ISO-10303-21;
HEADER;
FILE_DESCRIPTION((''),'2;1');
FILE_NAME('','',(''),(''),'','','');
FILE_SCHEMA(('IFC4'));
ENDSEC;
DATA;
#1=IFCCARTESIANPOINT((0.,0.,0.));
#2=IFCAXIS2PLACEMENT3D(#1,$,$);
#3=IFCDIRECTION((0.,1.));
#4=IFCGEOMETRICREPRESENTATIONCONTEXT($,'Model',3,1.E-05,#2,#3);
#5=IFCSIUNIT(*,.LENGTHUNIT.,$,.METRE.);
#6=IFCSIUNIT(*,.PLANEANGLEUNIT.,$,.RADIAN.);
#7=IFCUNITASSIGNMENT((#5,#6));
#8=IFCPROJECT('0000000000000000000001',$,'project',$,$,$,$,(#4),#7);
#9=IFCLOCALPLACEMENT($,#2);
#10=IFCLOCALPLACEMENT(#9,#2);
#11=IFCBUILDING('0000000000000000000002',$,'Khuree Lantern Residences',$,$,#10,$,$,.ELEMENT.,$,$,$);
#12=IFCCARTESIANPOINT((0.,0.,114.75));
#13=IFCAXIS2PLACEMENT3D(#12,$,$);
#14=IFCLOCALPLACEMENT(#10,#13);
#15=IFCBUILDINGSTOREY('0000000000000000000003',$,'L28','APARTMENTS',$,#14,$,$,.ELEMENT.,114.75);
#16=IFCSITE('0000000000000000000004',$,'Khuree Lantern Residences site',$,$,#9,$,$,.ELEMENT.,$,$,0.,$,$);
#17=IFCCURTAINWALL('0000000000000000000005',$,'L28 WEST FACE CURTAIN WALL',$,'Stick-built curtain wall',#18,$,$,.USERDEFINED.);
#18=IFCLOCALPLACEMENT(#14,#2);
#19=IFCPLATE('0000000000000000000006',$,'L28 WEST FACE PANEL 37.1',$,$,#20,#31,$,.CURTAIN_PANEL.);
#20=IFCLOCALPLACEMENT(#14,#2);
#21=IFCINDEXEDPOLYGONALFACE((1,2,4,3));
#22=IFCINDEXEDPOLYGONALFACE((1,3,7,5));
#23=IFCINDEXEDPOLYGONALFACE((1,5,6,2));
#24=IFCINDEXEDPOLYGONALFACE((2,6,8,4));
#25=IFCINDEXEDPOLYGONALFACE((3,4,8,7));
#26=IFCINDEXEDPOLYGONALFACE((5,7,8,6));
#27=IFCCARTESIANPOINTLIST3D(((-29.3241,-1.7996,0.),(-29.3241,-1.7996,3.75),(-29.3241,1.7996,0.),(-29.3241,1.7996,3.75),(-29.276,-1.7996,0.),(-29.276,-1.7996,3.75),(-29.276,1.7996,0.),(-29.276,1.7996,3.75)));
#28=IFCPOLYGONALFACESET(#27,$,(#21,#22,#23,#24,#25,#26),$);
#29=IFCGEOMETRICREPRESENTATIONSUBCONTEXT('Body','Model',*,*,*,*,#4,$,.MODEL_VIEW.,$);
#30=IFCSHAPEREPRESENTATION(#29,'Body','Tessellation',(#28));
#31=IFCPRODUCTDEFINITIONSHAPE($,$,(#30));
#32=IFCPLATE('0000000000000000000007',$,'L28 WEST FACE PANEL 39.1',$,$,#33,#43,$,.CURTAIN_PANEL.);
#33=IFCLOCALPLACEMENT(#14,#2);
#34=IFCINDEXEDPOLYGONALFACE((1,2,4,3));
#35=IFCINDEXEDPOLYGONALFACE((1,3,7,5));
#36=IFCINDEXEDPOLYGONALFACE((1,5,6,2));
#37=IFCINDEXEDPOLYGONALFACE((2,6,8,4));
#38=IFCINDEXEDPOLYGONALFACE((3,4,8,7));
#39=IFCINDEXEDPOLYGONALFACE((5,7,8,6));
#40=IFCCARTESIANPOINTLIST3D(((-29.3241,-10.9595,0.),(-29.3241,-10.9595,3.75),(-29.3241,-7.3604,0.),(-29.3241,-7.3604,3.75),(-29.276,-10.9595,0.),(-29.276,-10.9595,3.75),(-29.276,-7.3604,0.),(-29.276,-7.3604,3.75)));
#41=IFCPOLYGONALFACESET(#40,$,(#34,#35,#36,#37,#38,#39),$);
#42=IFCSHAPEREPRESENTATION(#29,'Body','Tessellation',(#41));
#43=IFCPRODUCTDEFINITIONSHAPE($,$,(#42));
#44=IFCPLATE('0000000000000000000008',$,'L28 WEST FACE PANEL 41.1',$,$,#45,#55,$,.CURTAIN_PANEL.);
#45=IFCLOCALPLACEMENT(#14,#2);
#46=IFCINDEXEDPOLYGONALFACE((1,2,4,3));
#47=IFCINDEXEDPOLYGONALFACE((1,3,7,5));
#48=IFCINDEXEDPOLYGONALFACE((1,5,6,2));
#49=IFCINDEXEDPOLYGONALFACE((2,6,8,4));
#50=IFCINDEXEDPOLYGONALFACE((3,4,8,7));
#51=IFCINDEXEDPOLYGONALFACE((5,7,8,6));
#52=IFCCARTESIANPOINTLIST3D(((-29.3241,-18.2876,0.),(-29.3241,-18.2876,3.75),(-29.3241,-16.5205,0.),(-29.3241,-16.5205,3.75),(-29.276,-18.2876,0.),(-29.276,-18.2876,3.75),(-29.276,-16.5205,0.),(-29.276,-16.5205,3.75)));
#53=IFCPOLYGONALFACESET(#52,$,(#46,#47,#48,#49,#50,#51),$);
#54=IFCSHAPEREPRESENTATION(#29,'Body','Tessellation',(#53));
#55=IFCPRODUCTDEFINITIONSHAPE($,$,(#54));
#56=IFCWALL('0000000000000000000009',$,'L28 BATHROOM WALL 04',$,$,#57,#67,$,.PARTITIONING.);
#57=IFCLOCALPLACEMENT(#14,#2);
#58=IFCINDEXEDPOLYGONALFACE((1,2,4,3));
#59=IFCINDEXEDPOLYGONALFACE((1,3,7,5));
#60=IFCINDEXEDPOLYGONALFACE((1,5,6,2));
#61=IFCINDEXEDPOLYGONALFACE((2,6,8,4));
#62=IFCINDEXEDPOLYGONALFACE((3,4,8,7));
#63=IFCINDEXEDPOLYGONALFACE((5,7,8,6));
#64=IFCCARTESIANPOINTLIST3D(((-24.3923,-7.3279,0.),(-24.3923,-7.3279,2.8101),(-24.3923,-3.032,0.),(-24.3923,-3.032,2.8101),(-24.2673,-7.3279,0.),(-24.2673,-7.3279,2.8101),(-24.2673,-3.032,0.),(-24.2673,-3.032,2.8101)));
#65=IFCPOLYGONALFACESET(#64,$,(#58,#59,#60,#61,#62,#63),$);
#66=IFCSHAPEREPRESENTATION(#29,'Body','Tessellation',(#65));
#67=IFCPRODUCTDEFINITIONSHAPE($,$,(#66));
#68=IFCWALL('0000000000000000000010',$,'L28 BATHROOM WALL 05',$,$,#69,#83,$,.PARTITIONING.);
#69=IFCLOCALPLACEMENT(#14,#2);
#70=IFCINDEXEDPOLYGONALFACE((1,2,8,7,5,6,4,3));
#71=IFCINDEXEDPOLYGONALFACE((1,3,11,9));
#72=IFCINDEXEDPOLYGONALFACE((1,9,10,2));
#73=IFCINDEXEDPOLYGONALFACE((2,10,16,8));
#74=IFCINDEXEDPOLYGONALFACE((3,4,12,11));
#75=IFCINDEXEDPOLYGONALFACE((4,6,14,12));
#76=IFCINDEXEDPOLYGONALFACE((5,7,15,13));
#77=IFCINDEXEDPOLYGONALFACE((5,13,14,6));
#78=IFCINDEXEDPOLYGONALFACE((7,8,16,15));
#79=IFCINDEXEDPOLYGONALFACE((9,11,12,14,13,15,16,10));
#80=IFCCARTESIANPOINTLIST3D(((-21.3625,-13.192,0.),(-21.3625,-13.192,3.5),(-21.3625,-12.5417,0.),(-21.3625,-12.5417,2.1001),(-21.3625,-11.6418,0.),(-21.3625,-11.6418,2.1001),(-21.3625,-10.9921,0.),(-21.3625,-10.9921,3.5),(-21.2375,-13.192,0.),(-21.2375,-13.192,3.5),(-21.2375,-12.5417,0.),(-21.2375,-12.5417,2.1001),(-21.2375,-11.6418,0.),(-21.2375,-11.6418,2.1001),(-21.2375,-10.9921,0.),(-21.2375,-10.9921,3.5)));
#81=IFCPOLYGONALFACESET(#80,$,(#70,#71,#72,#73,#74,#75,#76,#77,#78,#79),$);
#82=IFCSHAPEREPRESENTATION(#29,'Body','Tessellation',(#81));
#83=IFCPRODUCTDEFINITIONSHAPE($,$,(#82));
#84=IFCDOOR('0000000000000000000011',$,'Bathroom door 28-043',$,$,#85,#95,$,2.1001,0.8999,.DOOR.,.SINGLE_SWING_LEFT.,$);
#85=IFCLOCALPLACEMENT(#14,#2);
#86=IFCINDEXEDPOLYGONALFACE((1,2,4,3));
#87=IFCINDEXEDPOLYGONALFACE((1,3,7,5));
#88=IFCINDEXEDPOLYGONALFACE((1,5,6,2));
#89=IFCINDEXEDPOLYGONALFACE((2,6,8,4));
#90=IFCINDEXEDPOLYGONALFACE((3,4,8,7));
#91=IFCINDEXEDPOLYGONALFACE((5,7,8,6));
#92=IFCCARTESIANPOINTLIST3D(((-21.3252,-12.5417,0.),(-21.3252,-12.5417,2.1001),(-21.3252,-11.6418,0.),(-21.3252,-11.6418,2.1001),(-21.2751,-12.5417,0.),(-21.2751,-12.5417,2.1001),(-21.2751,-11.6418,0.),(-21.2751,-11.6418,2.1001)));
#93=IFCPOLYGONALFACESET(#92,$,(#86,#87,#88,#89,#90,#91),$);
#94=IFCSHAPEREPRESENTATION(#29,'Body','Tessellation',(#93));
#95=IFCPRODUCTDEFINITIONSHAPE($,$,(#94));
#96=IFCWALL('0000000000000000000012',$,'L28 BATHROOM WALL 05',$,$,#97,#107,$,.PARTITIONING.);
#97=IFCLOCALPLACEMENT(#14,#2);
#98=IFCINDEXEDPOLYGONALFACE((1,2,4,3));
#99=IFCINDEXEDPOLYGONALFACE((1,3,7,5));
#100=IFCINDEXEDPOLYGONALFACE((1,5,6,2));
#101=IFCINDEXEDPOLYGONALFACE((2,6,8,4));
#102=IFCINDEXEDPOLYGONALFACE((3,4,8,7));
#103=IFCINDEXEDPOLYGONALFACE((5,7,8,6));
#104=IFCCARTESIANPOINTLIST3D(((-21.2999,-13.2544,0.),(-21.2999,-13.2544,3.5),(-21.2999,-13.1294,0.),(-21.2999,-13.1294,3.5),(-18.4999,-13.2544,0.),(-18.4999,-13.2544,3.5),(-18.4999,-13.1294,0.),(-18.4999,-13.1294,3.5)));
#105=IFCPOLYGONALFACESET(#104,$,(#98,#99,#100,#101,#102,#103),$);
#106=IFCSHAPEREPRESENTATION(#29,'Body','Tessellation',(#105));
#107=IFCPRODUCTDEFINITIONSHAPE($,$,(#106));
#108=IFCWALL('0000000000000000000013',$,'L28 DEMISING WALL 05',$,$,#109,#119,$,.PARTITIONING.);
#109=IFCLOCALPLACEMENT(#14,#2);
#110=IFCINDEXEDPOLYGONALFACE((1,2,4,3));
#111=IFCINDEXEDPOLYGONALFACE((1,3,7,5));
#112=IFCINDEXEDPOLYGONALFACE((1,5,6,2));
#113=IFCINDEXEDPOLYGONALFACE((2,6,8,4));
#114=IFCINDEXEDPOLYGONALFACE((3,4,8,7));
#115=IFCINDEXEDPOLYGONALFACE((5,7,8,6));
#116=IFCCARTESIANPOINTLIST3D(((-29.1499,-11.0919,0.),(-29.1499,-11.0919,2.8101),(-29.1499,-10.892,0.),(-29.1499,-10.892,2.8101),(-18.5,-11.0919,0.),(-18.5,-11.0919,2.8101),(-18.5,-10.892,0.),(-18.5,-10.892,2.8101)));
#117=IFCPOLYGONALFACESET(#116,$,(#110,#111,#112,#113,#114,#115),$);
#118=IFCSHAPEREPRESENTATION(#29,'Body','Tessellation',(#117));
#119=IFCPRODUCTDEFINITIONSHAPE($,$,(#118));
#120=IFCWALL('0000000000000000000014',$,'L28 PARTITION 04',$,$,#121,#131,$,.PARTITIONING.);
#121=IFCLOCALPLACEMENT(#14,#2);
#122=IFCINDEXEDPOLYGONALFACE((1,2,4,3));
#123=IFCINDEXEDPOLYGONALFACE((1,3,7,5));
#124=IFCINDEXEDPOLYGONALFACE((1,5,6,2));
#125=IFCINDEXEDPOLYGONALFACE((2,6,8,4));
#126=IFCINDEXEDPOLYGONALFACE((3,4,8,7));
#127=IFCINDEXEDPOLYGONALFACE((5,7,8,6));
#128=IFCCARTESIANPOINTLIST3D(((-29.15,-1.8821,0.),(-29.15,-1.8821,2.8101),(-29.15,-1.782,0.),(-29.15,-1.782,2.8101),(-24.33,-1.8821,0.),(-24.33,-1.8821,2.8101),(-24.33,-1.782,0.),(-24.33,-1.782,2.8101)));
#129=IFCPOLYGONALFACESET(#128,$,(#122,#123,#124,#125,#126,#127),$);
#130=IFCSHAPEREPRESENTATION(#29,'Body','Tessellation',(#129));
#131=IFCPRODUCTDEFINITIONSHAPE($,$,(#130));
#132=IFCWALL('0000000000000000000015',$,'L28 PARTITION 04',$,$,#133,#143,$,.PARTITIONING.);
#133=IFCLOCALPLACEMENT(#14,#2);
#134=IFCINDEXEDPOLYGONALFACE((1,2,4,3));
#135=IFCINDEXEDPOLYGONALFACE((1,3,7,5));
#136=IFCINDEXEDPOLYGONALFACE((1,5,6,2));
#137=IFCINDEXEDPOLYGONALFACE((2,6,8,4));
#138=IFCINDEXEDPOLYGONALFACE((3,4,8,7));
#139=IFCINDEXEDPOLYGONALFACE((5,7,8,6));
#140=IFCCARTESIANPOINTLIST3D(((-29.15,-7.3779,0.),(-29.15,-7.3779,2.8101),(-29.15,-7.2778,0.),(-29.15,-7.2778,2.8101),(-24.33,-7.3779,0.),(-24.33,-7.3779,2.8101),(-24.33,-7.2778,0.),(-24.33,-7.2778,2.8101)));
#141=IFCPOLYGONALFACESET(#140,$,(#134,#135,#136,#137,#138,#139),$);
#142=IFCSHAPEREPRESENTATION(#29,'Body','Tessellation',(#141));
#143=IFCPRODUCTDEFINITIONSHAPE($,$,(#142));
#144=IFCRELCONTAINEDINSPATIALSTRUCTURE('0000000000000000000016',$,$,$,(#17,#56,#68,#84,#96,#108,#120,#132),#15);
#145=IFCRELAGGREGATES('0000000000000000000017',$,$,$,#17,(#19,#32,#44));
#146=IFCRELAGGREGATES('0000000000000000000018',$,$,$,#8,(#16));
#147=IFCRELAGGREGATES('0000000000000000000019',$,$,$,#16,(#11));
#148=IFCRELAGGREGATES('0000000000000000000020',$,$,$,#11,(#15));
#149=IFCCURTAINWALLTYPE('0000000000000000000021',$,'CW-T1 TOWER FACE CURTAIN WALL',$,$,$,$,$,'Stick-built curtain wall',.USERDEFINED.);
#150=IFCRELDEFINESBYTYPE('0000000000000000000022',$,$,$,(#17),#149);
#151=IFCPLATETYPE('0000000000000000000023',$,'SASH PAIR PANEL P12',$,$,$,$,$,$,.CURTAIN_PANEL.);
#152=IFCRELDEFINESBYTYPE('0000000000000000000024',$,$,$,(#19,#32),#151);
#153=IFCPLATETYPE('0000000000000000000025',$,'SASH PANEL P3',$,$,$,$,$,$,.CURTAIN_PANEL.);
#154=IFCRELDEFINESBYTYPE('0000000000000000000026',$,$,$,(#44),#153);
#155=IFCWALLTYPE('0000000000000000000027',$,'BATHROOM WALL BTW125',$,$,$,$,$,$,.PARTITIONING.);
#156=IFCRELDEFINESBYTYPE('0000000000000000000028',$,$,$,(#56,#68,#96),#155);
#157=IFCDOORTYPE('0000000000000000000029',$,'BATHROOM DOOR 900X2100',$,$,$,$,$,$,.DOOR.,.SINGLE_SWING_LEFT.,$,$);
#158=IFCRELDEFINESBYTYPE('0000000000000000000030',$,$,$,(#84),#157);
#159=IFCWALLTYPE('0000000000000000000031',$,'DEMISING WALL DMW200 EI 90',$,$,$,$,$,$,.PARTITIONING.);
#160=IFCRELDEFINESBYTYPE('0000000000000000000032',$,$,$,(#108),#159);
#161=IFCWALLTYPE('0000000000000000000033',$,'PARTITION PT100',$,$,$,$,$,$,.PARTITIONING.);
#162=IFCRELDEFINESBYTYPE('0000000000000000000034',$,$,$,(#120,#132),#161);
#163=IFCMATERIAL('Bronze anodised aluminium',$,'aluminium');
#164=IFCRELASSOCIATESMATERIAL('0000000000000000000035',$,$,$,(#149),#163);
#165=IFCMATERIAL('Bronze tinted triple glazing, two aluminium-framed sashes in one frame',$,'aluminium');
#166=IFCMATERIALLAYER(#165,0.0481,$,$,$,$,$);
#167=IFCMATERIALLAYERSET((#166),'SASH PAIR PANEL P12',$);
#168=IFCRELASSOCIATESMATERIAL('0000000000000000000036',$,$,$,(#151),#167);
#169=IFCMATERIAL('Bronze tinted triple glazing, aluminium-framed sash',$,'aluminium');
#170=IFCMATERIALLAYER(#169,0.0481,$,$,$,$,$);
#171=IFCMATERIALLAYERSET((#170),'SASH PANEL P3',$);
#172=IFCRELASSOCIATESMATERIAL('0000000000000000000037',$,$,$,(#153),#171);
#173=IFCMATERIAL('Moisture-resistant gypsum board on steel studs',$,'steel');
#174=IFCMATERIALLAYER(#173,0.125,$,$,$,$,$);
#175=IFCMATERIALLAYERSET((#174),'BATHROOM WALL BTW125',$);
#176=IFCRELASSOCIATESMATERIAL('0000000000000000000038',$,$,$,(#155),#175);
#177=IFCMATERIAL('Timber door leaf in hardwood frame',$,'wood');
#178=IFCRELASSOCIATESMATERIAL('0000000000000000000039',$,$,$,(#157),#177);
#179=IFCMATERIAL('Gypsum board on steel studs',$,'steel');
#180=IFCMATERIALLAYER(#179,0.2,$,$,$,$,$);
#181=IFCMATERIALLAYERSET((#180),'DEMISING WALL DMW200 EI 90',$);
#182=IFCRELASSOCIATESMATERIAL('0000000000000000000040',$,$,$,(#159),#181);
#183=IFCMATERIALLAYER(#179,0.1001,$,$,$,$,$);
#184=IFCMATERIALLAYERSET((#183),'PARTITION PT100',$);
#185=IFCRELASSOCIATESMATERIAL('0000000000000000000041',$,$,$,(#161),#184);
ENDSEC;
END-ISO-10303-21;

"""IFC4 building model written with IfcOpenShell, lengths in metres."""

from ifc_helpers import new_model, si_unit, direction, frame, frame_2d, origin, origin_2d, place, context, subcontext, project, spatial, rectangle, extrude, material, layer, layer_set, type_object, element, fill, aggregate, save


model = new_model("IFC4")

# Units and contexts
model_context = context("Model", 3, precision=1e-05, world=origin(), true_north=direction((0.0, 1.0)))
body_context = subcontext(model_context, "Body", "Model", "MODEL_VIEW")
ifc_project = project(units=[si_unit("LENGTHUNIT", "METRE"), si_unit("PLANEANGLEUNIT", "RADIAN")], contexts=[model_context])

# Site, building, storey
site_placement = place(None, origin())
site = spatial("IfcSite", under=ifc_project, at=site_placement, Name="Khuree Lantern Residences site", CompositionType="ELEMENT", RefElevation=0.0)
building_placement = place(site_placement, origin())
building = spatial("IfcBuilding", under=site, at=building_placement, Name="Khuree Lantern Residences", CompositionType="ELEMENT")
storey_placement = place(building_placement, frame((0.0, 0.0, 114.75)))
storey = spatial("IfcBuildingStorey", under=building, at=storey_placement, Name="L28", Description="APARTMENTS", CompositionType="ELEMENT", Elevation=114.75)

# Curtain wall
ifc_material_1 = material(Name="Bronze anodised aluminium", Category="aluminium")
curtain_wall_type = type_object("IfcCurtainWallType", Name="CW-T1 TOWER FACE CURTAIN WALL", ElementType="Stick-built curtain wall", PredefinedType="USERDEFINED", material=ifc_material_1)
curtain_wall_placement = place(storey_placement, origin())
curtain_wall = element("IfcCurtainWall", 1, at=curtain_wall_placement, inside=storey, type_object=curtain_wall_type, Name="L28 WEST FACE CURTAIN WALL", ObjectType="Stick-built curtain wall", PredefinedType="USERDEFINED")

# Plates
ifc_material_2 = material(Name="Bronze tinted triple glazing, two aluminium-framed sashes in one frame", Category="aluminium")
ifc_layer_1 = layer(ifc_material_2, 0.0481)
ifc_layer_set_1 = layer_set([ifc_layer_1], Name="SASH PAIR PANEL P12")
plate_type_1 = type_object("IfcPlateType", Name="SASH PAIR PANEL P12", PredefinedType="CURTAIN_PANEL", material=ifc_layer_set_1)
plate_1_placement = place(storey_placement, frame((-29.3, 0.0, 0.0), z_axis=(0.0, 0.0, 1.0), x_axis=(0.0, -1.0, 0.0)))
plate_1 = element("IfcPlate", 2, at=plate_1_placement, type_object=plate_type_1, Name="L28 WEST FACE PANEL 37.1", PredefinedType="CURTAIN_PANEL", context=body_context, shape_type="SweptSolid", body=[
    extrude(rectangle(XDim=3.5991, YDim=0.0481, at=origin_2d()), origin(), (0.0, 0.0, 1.0), 3.75),
])
plate_2_placement = place(storey_placement, frame((-29.3, -9.1599, 0.0), z_axis=(0.0, 0.0, 1.0), x_axis=(0.0, -1.0, 0.0)))
plate_2 = element("IfcPlate", 3, at=plate_2_placement, type_object=plate_type_1, Name="L28 WEST FACE PANEL 39.1", PredefinedType="CURTAIN_PANEL", context=body_context, shape_type="SweptSolid", body=[
    extrude(rectangle(XDim=3.5991, YDim=0.0481, at=origin_2d()), origin(), (0.0, 0.0, 1.0), 3.75),
])
ifc_material_3 = material(Name="Bronze tinted triple glazing, aluminium-framed sash", Category="aluminium")
ifc_layer_2 = layer(ifc_material_3, 0.0481)
ifc_layer_set_2 = layer_set([ifc_layer_2], Name="SASH PANEL P3")
plate_type_2 = type_object("IfcPlateType", Name="SASH PANEL P3", PredefinedType="CURTAIN_PANEL", material=ifc_layer_set_2)
plate_3_placement = place(storey_placement, frame((-29.3, -17.4041, 0.0), z_axis=(0.0, 0.0, 1.0), x_axis=(0.0, -1.0, 0.0)))
plate_3 = element("IfcPlate", 4, at=plate_3_placement, type_object=plate_type_2, Name="L28 WEST FACE PANEL 41.1", PredefinedType="CURTAIN_PANEL", context=body_context, shape_type="SweptSolid", body=[
    extrude(rectangle(XDim=1.7671, YDim=0.0481, at=origin_2d()), origin(), (0.0, 0.0, 1.0), 3.75),
])
aggregate(curtain_wall, [plate_1, plate_2, plate_3])

# Wall
ifc_material_4 = material(Name="Moisture-resistant gypsum board on steel studs", Category="steel")
ifc_layer_3 = layer(ifc_material_4, 0.125)
ifc_layer_set_3 = layer_set([ifc_layer_3], Name="BATHROOM WALL BTW125")
wall_type_1 = type_object("IfcWallType", Name="BATHROOM WALL BTW125", PredefinedType="PARTITIONING", material=ifc_layer_set_3)
wall_1_placement = place(storey_placement, frame((-24.3298, -3.032, 0.0), z_axis=(0.0, 0.0, 1.0), x_axis=(0.0, -1.0, 0.0)))
element("IfcWall", 5, at=wall_1_placement, inside=storey, type_object=wall_type_1, Name="L28 BATHROOM WALL 04", PredefinedType="PARTITIONING", context=body_context, shape_type="SweptSolid", body=[
    extrude(rectangle(XDim=4.2959, YDim=0.125, at=frame_2d((2.1479, 0.0))), origin(), (0.0, 0.0, 1.0), 2.8101),
])

# Wall, opening, door
wall_2_placement = place(storey_placement, frame((-21.3, -10.9919, 0.0), z_axis=(0.0, 0.0, 1.0), x_axis=(0.0, -1.0, 0.0)))
wall_2 = element("IfcWall", 6, at=wall_2_placement, inside=storey, type_object=wall_type_1, Name="L28 BATHROOM WALL 05", PredefinedType="PARTITIONING", context=body_context, shape_type="SweptSolid", body=[
    extrude(rectangle(XDim=2.2, YDim=0.125, at=frame_2d((1.1001, 0.0))), origin(), (0.0, 0.0, 1.0), 3.5),
])
opening_1_placement = place(wall_2_placement, frame((0.6499, 0.0, 0.0)))
opening_1 = element("IfcOpeningElement", 7, at=opening_1_placement, cuts=wall_2, PredefinedType="OPENING", context=body_context, shape_type="SweptSolid", body=[
    extrude(rectangle(XDim=0.8999, YDim=2.1001, at=frame_2d((0.45, 1.05))), frame((0.0, 0.0725, 0.0), z_axis=(0.0, -1.0, 0.0), x_axis=(1.0, 0.0, 0.0)), (0.0, 0.0, 1.0), 0.145),
])
ifc_material_5 = material(Name="Timber door leaf in hardwood frame", Category="wood")
door_type_1 = type_object("IfcDoorType", Name="BATHROOM DOOR 900X2100", OperationType="SINGLE_SWING_LEFT", PredefinedType="DOOR", material=ifc_material_5)
door_1_placement = place(opening_1_placement, origin())
door_1 = element("IfcDoor", 8, at=door_1_placement, inside=storey, type_object=door_type_1, Name="Bathroom door 28-043", OperationType="SINGLE_SWING_LEFT", OverallHeight=2.1001, OverallWidth=0.8999, PredefinedType="DOOR", context=body_context, shape_type="SweptSolid", body=[
    extrude(rectangle(XDim=0.8999, YDim=2.1001, at=frame_2d((0.45, 1.05))), frame((0.0, 0.0249, 0.0), z_axis=(0.0, -1.0, 0.0), x_axis=(1.0, 0.0, 0.0)), (0.0, 0.0, 1.0), 0.05),
])
fill(opening_1, door_1)

# Walls
wall_3_placement = place(storey_placement, frame((-18.5, -13.1919, 0.0), z_axis=(0.0, 0.0, 1.0), x_axis=(-1.0, 0.0, 0.0)))
element("IfcWall", 9, at=wall_3_placement, inside=storey, type_object=wall_type_1, Name="L28 BATHROOM WALL 05", PredefinedType="PARTITIONING", context=body_context, shape_type="SweptSolid", body=[
    extrude(rectangle(XDim=2.8, YDim=0.125, at=frame_2d((1.3999, 0.0))), origin(), (0.0, 0.0, 1.0), 3.5),
])
ifc_material_6 = material(Name="Gypsum board on steel studs", Category="steel")
ifc_layer_4 = layer(ifc_material_6, 0.2)
ifc_layer_set_4 = layer_set([ifc_layer_4], Name="DEMISING WALL DMW200 EI 90")
wall_type_2 = type_object("IfcWallType", Name="DEMISING WALL DMW200 EI 90", PredefinedType="PARTITIONING", material=ifc_layer_set_4)
wall_4_placement = place(storey_placement, frame((-18.5, -10.9919, 0.0), z_axis=(0.0, 0.0, 1.0), x_axis=(-1.0, 0.0, 0.0)))
element("IfcWall", 10, at=wall_4_placement, inside=storey, type_object=wall_type_2, Name="L28 DEMISING WALL 05", PredefinedType="PARTITIONING", context=body_context, shape_type="SweptSolid", body=[
    extrude(rectangle(XDim=10.6499, YDim=0.2, at=frame_2d((5.325, 0.0))), origin(), (0.0, 0.0, 1.0), 2.8101),
])
ifc_layer_5 = layer(ifc_material_6, 0.1001)
ifc_layer_set_5 = layer_set([ifc_layer_5], Name="PARTITION PT100")
wall_type_3 = type_object("IfcWallType", Name="PARTITION PT100", PredefinedType="PARTITIONING", material=ifc_layer_set_5)
for number, where, z_axis, x_axis, name in (
    (11, (-24.3298, -1.832, 0.0), (0.0, 0.0, 1.0), (-1.0, 0.0, 0.0), "L28 PARTITION 04"),
    (12, (-24.3298, -7.3279, 0.0), (0.0, 0.0, 1.0), (-1.0, 0.0, 0.0), "L28 PARTITION 04"),
):
    element("IfcWall", number, at=place(storey_placement, frame(where, z_axis=z_axis, x_axis=x_axis)), inside=storey, type_object=wall_type_3, Name=name, PredefinedType="PARTITIONING", context=body_context, shape_type="SweptSolid", body=[
        extrude(rectangle(XDim=4.8201, YDim=0.1001, at=frame_2d((2.4102, 0.0))), origin(), (0.0, 0.0, 1.0), 2.8101),
    ])

save(model, "model.ifc")
